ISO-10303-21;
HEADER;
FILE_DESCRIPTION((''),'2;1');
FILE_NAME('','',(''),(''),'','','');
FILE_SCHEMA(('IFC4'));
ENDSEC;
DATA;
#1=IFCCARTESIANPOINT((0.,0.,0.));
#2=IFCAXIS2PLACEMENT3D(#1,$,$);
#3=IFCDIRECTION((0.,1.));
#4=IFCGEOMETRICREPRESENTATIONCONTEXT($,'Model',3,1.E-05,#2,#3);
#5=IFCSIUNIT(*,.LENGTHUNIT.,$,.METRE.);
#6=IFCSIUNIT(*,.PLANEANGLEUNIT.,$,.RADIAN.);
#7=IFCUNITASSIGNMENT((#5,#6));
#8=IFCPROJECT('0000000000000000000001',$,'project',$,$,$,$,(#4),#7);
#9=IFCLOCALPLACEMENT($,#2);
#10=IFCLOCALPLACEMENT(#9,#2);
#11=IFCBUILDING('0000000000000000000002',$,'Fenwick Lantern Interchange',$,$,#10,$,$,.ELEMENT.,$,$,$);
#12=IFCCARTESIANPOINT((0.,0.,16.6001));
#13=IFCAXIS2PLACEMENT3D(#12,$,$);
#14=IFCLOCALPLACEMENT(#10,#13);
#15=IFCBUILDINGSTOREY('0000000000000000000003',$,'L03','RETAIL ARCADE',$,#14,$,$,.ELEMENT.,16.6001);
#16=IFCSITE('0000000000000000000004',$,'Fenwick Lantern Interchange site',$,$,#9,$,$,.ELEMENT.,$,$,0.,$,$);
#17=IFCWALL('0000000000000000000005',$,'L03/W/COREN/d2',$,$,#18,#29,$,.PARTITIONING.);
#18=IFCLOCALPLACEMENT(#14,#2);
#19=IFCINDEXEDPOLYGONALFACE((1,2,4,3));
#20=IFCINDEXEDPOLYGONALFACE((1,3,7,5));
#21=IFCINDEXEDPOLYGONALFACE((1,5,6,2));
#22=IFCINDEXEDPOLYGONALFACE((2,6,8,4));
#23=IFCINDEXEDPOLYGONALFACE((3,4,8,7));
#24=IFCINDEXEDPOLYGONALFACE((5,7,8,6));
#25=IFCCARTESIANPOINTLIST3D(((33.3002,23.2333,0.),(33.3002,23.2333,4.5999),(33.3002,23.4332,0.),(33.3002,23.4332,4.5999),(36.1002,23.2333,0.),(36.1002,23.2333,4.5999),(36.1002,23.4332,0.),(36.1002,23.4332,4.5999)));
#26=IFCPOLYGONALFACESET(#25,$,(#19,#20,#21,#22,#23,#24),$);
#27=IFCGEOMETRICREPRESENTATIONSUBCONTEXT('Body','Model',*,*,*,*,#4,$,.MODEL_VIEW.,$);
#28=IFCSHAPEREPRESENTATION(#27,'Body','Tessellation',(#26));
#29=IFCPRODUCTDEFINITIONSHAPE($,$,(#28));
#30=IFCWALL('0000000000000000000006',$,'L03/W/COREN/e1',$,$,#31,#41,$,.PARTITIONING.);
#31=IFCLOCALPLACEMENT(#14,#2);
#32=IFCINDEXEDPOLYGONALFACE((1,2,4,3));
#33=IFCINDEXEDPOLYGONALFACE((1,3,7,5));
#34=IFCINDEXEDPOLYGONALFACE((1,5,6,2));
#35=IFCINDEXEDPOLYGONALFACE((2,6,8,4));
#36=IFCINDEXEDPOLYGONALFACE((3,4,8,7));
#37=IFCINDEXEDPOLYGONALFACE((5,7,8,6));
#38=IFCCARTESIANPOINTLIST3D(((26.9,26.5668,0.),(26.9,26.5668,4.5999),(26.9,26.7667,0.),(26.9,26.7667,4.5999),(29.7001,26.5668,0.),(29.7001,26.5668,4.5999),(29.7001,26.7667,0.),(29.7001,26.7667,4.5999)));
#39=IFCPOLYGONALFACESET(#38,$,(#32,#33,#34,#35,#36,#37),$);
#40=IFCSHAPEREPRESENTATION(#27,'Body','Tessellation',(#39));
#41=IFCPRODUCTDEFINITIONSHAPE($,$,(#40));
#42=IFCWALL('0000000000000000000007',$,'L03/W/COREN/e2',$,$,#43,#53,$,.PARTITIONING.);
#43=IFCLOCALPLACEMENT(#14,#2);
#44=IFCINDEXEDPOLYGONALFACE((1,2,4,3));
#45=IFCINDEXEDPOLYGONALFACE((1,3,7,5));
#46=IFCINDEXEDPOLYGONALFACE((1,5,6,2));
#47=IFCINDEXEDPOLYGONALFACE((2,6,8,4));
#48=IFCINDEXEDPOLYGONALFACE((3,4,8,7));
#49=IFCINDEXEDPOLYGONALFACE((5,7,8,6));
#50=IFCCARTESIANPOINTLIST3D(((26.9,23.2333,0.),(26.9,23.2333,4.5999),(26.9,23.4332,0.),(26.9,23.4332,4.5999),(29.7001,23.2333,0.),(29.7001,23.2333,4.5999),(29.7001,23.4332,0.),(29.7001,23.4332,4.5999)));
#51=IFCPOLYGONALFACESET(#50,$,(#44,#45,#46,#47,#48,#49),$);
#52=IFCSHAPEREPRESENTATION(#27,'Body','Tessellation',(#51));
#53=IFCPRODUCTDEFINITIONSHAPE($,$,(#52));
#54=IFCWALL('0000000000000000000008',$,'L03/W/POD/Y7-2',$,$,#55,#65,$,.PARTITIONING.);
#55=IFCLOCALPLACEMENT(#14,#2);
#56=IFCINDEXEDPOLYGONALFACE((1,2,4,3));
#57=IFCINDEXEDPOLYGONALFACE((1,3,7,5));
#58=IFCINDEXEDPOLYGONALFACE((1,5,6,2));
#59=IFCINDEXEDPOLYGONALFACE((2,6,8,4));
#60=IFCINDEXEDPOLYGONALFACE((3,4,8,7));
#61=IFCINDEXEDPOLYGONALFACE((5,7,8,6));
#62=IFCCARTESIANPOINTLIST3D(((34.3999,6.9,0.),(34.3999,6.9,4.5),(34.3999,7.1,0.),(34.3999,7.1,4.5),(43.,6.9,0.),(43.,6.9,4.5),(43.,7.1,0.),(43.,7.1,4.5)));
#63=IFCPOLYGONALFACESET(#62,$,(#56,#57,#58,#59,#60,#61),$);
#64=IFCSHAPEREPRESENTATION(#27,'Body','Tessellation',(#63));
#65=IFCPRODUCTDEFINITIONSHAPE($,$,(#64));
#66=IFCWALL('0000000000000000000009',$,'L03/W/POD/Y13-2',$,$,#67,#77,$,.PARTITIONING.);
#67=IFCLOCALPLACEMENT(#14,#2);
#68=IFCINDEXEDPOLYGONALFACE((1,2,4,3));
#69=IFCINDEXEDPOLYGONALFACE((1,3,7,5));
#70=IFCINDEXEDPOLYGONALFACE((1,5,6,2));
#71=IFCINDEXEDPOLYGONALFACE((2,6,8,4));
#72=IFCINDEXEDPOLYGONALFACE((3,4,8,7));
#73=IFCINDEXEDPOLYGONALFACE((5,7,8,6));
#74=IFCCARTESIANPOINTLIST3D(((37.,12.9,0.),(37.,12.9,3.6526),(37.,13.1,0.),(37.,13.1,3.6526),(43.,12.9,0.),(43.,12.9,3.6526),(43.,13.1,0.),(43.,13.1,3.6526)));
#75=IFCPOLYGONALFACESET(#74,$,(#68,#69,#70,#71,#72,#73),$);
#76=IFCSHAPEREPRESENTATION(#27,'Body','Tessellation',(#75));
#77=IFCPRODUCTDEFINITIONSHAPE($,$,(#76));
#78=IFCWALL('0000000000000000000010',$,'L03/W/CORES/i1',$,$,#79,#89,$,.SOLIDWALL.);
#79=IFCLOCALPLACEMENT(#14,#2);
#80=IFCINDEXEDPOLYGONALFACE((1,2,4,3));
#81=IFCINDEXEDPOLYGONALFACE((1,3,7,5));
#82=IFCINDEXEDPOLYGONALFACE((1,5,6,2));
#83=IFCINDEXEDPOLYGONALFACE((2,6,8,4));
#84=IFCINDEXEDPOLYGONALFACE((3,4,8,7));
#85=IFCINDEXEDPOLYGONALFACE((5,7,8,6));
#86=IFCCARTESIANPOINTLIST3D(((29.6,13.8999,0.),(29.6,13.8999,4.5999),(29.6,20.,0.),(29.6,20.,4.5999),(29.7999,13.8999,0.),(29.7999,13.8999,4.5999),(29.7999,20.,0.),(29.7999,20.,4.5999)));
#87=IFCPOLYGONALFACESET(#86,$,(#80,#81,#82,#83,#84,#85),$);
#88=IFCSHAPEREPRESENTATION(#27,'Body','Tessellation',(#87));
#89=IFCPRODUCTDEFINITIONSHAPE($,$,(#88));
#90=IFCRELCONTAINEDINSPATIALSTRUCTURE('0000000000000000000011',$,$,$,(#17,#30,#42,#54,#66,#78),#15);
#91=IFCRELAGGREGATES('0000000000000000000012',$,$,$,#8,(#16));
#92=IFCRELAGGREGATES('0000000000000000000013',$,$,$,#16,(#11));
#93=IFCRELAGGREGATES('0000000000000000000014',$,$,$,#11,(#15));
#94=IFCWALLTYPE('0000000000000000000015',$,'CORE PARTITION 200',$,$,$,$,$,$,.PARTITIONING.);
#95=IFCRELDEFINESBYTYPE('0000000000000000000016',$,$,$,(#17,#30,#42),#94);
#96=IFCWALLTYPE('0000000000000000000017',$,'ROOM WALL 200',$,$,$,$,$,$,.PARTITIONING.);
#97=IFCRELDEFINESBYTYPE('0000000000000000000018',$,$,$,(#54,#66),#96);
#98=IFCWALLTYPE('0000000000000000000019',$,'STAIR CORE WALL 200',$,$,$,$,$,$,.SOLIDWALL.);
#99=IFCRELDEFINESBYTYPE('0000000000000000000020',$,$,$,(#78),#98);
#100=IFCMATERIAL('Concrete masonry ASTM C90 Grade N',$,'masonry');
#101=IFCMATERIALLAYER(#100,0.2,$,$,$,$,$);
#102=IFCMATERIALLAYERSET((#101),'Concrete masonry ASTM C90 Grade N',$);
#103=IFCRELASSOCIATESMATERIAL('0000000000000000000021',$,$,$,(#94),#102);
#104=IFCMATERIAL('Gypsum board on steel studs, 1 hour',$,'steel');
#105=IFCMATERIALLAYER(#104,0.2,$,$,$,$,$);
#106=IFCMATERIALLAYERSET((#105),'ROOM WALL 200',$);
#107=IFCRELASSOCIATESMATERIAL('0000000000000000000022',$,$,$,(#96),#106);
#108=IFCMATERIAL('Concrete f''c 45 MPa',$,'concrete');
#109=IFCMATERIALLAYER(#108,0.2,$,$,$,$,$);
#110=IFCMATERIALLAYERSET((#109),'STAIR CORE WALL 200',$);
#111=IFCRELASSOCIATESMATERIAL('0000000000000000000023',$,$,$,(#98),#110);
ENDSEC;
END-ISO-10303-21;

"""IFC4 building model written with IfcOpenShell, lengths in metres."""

from ifc_helpers import new_model, si_unit, direction, frame, frame_2d, origin, place, context, subcontext, project, spatial, rectangle, extrude, material, layer, layer_set, type_object, element, save


model = new_model("IFC4")

# Units and contexts
model_context = context("Model", 3, precision=1e-05, world=origin(), true_north=direction((0.0, 1.0)))
body_context = subcontext(model_context, "Body", "Model", "MODEL_VIEW")
ifc_project = project(units=[si_unit("LENGTHUNIT", "METRE"), si_unit("PLANEANGLEUNIT", "RADIAN")], contexts=[model_context])

# Site, building, storey
site_placement = place(None, origin())
site = spatial("IfcSite", under=ifc_project, at=site_placement, Name="Fenwick Lantern Interchange site", CompositionType="ELEMENT", RefElevation=0.0)
building_placement = place(site_placement, origin())
building = spatial("IfcBuilding", under=site, at=building_placement, Name="Fenwick Lantern Interchange", CompositionType="ELEMENT")
storey_placement = place(building_placement, frame((0.0, 0.0, 16.6001)))
storey = spatial("IfcBuildingStorey", under=building, at=storey_placement, Name="L03", Description="RETAIL ARCADE", CompositionType="ELEMENT", Elevation=16.6001)

# Walls
ifc_material_1 = material(Name="Concrete masonry ASTM C90 Grade N", Category="masonry")
ifc_layer_1 = layer(ifc_material_1, 0.2)
ifc_layer_set_1 = layer_set([ifc_layer_1], Name="Concrete masonry ASTM C90 Grade N")
wall_type_1 = type_object("IfcWallType", Name="CORE PARTITION 200", PredefinedType="PARTITIONING", material=ifc_layer_set_1)
for number, where, z_axis, x_axis, name in (
    (1, (36.1001, 23.3333, 0.0), (0.0, 0.0, 1.0), (-1.0, 0.0, 0.0), "L03/W/COREN/d2"),
    (2, (29.7, 26.6667, 0.0), (0.0, 0.0, 1.0), (-1.0, 0.0, 0.0), "L03/W/COREN/e1"),
    (3, (29.7, 23.3333, 0.0), (0.0, 0.0, 1.0), (-1.0, 0.0, 0.0), "L03/W/COREN/e2"),
):
    element("IfcWall", number, at=place(storey_placement, frame(where, z_axis=z_axis, x_axis=x_axis)), inside=storey, type_object=wall_type_1, Name=name, PredefinedType="PARTITIONING", context=body_context, shape_type="SweptSolid", body=[
        extrude(rectangle(XDim=2.8, YDim=0.2, at=frame_2d((1.3999, 0.0))), origin(), (0.0, 0.0, 1.0), 4.5999),
    ])

# Walls
ifc_material_2 = material(Name="Gypsum board on steel studs, 1 hour", Category="steel")
ifc_layer_2 = layer(ifc_material_2, 0.2)
ifc_layer_set_2 = layer_set([ifc_layer_2], Name="ROOM WALL 200")
wall_type_2 = type_object("IfcWallType", Name="ROOM WALL 200", PredefinedType="PARTITIONING", material=ifc_layer_set_2)
wall_1_placement = place(storey_placement, frame((34.3999, 7.0, 0.0), z_axis=(0.0, 0.0, 1.0), x_axis=(1.0, 0.0, 0.0)))
element("IfcWall", 4, at=wall_1_placement, inside=storey, type_object=wall_type_2, Name="L03/W/POD/Y7-2", PredefinedType="PARTITIONING", context=body_context, shape_type="SweptSolid", body=[
    extrude(rectangle(XDim=8.6001, YDim=0.2, at=frame_2d((4.3, 0.0))), origin(), (0.0, 0.0, 1.0), 4.5),
])
wall_2_placement = place(storey_placement, frame((37.0, 13.0, 0.0), z_axis=(0.0, 0.0, 1.0), x_axis=(1.0, 0.0, 0.0)))
element("IfcWall", 5, at=wall_2_placement, inside=storey, type_object=wall_type_2, Name="L03/W/POD/Y13-2", PredefinedType="PARTITIONING", context=body_context, shape_type="SweptSolid", body=[
    extrude(rectangle(XDim=6.0, YDim=0.2, at=frame_2d((3.0, 0.0))), origin(), (0.0, 0.0, 1.0), 3.6526),
])

# Wall
ifc_material_3 = material(Name="Concrete f'c 45 MPa", Category="concrete")
ifc_layer_3 = layer(ifc_material_3, 0.2)
ifc_layer_set_3 = layer_set([ifc_layer_3], Name="STAIR CORE WALL 200")
wall_type_3 = type_object("IfcWallType", Name="STAIR CORE WALL 200", PredefinedType="SOLIDWALL", material=ifc_layer_set_3)
wall_3_placement = place(storey_placement, frame((29.7, 13.8999, 0.0), z_axis=(0.0, 0.0, 1.0), x_axis=(0.0, 1.0, 0.0)))
element("IfcWall", 6, at=wall_3_placement, inside=storey, type_object=wall_type_3, Name="L03/W/CORES/i1", PredefinedType="SOLIDWALL", context=body_context, shape_type="SweptSolid", body=[
    extrude(rectangle(XDim=6.1001, YDim=0.2, at=frame_2d((3.05, 0.0))), origin(), (0.0, 0.0, 1.0), 4.5999),
])

save(model, "model.ifc")
